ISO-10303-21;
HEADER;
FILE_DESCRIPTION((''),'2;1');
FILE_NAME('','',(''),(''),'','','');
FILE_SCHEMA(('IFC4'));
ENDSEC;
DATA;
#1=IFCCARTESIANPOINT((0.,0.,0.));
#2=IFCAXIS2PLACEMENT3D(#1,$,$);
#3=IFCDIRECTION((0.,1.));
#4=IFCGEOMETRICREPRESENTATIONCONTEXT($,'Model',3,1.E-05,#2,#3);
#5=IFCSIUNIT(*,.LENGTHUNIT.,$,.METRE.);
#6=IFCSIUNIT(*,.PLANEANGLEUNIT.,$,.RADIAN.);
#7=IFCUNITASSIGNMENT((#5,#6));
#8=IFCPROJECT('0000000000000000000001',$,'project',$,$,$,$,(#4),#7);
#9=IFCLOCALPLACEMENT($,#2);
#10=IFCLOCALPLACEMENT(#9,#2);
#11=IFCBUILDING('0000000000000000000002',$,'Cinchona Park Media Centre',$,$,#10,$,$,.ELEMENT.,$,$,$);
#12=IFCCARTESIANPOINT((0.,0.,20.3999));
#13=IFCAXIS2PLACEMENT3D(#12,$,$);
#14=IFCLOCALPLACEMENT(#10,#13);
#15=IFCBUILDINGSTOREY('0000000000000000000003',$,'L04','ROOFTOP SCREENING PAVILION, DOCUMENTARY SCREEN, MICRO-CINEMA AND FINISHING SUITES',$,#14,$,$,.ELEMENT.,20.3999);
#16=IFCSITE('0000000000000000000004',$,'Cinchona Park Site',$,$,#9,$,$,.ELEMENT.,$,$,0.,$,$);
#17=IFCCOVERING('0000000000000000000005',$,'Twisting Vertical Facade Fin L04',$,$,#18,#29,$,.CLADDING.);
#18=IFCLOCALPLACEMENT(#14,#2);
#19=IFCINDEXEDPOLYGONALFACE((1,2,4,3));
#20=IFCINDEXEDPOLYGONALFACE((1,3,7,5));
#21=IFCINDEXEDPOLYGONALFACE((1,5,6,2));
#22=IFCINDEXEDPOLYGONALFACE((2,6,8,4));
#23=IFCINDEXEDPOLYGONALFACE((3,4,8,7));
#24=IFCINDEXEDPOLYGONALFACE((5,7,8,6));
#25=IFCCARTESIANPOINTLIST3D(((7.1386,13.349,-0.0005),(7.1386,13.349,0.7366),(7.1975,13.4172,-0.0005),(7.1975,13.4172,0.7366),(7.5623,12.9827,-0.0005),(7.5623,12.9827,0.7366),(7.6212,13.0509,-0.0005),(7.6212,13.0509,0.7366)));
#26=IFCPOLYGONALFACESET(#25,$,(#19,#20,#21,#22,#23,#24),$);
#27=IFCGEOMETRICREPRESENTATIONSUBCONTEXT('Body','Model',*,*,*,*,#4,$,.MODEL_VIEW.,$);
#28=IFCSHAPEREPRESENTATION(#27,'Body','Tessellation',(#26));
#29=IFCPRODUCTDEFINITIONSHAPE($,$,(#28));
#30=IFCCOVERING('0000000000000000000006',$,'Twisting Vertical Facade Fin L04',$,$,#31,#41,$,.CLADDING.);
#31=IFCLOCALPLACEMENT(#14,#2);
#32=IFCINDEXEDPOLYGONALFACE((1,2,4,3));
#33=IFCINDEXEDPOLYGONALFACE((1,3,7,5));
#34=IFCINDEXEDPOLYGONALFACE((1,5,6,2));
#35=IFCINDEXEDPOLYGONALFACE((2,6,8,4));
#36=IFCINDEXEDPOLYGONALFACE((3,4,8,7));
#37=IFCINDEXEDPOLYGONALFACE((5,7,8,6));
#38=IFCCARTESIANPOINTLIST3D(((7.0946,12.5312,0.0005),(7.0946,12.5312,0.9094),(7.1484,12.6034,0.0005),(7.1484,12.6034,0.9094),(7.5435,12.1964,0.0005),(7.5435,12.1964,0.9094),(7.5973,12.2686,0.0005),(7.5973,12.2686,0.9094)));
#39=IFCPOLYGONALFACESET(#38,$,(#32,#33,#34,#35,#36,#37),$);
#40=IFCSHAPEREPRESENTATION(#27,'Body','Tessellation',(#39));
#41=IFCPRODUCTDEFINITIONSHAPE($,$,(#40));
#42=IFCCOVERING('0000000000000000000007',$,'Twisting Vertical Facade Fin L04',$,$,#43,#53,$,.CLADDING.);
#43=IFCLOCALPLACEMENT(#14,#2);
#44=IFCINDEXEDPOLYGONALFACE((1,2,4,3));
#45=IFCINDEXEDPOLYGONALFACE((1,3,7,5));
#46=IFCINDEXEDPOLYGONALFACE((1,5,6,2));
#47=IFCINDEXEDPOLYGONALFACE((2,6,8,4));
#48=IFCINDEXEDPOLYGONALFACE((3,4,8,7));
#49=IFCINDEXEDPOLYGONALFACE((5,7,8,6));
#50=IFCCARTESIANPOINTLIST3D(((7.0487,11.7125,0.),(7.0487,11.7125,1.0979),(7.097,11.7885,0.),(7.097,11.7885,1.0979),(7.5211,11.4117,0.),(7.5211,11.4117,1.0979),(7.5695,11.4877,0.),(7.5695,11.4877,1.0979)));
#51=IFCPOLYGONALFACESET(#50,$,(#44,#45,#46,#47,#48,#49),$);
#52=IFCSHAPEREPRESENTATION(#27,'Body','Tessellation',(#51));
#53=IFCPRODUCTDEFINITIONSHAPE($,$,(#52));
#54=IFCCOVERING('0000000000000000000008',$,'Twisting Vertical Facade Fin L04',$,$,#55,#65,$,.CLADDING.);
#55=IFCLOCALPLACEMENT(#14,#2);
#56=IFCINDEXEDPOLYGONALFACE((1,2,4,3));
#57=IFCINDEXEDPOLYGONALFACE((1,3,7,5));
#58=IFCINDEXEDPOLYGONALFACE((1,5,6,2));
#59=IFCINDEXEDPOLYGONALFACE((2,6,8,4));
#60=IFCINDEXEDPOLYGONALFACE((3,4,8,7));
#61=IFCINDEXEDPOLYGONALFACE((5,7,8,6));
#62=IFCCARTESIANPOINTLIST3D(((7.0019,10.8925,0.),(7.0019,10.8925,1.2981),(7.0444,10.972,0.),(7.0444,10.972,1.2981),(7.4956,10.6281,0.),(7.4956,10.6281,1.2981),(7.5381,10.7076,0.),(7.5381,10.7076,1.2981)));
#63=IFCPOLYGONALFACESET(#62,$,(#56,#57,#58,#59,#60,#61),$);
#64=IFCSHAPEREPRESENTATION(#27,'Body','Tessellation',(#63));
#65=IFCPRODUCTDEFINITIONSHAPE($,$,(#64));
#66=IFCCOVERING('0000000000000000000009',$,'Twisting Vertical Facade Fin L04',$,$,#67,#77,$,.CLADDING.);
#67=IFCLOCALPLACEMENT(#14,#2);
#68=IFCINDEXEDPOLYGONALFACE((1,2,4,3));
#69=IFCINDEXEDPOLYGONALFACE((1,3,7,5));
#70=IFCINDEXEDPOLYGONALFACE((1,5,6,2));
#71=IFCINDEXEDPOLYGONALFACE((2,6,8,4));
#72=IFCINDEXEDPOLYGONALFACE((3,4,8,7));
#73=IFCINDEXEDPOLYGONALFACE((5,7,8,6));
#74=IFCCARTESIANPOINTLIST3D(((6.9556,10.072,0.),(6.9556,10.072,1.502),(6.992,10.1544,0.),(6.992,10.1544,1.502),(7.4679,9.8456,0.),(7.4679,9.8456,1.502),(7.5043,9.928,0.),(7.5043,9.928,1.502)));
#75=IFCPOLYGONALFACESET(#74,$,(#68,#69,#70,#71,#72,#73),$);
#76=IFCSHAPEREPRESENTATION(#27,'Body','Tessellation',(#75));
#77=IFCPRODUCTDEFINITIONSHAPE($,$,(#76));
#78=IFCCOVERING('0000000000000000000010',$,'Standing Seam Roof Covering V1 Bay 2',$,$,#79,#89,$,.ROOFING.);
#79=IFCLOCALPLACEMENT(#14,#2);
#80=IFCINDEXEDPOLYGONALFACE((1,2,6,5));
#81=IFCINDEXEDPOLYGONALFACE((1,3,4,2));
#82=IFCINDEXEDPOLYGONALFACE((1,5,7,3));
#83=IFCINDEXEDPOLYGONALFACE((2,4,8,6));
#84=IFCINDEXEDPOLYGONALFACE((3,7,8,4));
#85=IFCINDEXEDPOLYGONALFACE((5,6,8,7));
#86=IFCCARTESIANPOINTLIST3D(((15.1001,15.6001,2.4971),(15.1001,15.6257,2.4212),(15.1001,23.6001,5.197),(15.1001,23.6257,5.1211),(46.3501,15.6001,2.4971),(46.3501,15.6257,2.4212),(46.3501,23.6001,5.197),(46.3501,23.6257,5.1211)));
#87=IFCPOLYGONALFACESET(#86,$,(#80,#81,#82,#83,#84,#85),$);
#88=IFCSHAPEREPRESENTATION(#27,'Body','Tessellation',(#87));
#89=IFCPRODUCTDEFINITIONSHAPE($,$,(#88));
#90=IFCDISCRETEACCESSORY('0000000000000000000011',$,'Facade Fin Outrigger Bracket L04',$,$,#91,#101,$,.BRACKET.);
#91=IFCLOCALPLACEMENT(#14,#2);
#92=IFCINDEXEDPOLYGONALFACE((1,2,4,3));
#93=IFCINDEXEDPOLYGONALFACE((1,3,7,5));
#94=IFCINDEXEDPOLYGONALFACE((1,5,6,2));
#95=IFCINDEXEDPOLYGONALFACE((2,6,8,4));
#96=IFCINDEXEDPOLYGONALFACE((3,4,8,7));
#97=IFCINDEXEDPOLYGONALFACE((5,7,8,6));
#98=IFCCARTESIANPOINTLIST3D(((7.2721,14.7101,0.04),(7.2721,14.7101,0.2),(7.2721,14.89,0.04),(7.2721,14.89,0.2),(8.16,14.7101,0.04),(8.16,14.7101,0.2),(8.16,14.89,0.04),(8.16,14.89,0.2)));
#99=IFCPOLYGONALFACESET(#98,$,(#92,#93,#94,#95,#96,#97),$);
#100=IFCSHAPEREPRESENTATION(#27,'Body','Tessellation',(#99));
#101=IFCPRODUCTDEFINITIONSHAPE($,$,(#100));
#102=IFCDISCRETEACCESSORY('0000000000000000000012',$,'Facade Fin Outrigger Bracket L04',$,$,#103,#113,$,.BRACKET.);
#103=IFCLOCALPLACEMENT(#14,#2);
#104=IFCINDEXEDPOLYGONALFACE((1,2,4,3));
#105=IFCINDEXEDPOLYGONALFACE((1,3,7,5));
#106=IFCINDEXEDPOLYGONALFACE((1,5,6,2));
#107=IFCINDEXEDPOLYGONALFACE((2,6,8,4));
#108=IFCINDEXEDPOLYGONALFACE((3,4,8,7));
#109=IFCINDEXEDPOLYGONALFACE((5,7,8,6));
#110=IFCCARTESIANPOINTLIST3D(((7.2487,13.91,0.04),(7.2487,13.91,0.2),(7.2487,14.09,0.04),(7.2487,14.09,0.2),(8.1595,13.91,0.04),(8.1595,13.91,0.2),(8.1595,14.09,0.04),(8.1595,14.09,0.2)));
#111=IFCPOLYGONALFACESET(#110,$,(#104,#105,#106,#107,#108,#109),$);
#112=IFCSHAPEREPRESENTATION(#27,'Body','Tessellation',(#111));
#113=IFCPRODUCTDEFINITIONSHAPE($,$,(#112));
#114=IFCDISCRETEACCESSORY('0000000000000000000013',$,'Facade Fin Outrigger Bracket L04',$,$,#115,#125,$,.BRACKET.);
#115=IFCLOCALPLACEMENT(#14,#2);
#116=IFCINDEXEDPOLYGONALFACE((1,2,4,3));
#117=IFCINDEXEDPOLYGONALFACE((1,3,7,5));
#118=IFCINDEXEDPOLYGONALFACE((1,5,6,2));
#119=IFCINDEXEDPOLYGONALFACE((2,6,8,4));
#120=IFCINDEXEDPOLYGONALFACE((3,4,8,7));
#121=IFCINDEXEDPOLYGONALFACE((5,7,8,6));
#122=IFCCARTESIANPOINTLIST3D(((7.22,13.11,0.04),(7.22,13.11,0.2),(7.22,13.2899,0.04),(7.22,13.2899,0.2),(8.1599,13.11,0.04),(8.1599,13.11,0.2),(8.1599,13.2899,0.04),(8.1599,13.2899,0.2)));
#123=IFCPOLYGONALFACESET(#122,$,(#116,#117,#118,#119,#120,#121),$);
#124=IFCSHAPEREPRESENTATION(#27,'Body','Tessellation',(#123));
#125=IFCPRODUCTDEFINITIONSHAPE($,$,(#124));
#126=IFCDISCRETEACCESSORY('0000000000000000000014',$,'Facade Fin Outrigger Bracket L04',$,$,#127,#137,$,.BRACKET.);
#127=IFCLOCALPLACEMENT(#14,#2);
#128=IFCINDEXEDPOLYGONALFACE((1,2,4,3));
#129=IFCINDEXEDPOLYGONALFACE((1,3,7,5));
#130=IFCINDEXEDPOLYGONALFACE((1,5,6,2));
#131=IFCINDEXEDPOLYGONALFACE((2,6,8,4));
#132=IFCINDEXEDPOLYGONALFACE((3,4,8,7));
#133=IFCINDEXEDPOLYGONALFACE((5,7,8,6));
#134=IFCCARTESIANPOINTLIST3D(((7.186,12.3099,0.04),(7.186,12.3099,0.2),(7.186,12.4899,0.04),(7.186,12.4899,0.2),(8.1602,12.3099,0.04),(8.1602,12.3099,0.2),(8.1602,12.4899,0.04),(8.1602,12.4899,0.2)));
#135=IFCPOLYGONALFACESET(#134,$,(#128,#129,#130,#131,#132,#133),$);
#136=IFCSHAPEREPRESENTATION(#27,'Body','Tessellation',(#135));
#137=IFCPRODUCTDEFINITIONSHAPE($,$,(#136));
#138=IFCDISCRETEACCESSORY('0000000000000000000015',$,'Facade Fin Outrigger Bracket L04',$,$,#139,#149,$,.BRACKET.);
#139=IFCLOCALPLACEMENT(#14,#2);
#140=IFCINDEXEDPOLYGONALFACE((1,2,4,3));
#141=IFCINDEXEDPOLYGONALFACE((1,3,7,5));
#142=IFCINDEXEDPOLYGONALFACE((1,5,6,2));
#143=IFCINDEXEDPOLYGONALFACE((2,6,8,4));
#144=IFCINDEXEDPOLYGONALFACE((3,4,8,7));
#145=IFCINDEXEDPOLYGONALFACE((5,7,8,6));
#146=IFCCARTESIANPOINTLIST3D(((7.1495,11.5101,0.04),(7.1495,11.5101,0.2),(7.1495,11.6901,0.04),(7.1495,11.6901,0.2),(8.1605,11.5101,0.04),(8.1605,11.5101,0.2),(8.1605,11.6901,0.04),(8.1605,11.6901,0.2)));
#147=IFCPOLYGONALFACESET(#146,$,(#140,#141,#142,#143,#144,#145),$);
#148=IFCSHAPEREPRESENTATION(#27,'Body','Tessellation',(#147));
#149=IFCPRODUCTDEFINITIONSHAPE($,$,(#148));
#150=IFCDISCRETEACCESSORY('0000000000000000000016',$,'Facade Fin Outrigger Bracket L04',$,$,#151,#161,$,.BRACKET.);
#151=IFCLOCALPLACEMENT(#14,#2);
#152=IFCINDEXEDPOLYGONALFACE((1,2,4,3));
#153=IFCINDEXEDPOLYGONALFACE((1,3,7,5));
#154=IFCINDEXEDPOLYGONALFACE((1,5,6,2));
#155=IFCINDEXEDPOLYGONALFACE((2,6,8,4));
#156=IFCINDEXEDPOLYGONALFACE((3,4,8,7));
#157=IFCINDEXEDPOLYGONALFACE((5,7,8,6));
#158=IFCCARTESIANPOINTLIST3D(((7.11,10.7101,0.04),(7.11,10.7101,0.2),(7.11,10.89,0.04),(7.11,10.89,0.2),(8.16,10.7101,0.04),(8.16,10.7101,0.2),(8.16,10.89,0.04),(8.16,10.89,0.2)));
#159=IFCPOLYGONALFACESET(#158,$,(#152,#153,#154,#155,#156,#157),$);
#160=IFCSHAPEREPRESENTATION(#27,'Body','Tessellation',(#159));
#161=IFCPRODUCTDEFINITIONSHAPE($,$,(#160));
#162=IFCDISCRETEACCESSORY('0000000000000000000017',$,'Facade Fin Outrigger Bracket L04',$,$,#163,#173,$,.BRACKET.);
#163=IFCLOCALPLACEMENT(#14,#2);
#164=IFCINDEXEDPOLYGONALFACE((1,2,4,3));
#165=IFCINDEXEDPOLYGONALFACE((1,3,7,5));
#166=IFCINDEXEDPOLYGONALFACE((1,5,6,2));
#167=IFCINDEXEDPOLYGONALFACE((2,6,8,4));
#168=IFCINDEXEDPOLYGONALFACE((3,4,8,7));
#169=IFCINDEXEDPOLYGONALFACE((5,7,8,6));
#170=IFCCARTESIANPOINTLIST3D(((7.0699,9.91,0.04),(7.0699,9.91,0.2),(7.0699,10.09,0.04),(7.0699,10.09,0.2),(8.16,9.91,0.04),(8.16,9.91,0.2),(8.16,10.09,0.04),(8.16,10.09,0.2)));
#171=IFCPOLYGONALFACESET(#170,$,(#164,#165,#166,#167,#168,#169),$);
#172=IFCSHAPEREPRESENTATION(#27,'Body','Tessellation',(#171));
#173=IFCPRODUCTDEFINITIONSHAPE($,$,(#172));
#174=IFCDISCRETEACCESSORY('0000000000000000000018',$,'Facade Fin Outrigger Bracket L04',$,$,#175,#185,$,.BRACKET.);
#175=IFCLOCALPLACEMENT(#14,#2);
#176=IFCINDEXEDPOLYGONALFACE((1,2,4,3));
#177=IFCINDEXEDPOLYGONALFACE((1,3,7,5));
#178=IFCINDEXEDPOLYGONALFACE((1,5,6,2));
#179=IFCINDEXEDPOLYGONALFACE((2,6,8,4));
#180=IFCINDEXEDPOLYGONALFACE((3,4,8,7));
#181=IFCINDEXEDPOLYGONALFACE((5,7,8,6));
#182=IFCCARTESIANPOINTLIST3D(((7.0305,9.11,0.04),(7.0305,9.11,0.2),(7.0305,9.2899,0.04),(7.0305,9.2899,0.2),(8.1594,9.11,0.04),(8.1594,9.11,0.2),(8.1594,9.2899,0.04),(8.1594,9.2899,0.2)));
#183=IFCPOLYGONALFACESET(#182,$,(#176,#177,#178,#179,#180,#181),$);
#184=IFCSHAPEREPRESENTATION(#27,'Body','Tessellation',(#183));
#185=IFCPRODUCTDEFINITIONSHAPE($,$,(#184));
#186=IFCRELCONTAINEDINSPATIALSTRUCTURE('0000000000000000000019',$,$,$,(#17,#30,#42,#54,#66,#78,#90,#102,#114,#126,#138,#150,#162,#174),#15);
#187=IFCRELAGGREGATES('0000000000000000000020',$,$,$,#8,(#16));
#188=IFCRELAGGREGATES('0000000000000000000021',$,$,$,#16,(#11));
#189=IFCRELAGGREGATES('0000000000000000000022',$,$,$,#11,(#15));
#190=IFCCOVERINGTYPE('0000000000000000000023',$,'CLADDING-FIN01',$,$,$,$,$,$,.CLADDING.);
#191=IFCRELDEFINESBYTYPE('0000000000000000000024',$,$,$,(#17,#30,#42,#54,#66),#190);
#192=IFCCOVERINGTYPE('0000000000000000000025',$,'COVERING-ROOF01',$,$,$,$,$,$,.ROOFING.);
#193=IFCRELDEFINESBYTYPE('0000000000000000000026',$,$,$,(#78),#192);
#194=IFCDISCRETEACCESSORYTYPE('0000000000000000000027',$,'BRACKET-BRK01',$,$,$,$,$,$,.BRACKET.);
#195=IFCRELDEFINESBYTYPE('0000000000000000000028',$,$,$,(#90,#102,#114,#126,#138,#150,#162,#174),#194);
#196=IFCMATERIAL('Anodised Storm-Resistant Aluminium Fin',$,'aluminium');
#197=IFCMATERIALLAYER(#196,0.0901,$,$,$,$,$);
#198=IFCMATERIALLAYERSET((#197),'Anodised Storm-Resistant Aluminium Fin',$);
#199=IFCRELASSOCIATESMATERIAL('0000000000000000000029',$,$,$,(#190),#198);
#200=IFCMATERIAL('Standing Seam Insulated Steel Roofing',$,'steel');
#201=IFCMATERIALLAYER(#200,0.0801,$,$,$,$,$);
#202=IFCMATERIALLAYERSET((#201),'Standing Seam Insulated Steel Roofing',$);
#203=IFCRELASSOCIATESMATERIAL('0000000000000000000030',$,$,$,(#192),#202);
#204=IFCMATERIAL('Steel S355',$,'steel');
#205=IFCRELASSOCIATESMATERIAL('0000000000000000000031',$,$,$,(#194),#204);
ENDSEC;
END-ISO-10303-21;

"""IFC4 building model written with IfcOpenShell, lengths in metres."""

from ifc_helpers import new_model, si_unit, direction, frame, origin, origin_2d, place, context, subcontext, project, spatial, polyline, rectangle, outline, extrude, material, layer, layer_set, type_object, element, save


model = new_model("IFC4")

# Units and contexts
model_context = context("Model", 3, precision=1e-05, world=origin(), true_north=direction((0.0, 1.0)))
body_context = subcontext(model_context, "Body", "Model", "MODEL_VIEW")
ifc_project = project(units=[si_unit("LENGTHUNIT", "METRE"), si_unit("PLANEANGLEUNIT", "RADIAN")], contexts=[model_context])

# Site, building, storey
site_placement = place(None, origin())
site = spatial("IfcSite", under=ifc_project, at=site_placement, Name="Cinchona Park Site", CompositionType="ELEMENT", RefElevation=0.0)
building_placement = place(site_placement, origin())
building = spatial("IfcBuilding", under=site, at=building_placement, Name="Cinchona Park Media Centre", CompositionType="ELEMENT")
storey_placement = place(building_placement, frame((0.0, 0.0, 20.3999)))
storey = spatial("IfcBuildingStorey", under=building, at=storey_placement, Name="L04", Description="ROOFTOP SCREENING PAVILION, DOCUMENTARY SCREEN, MICRO-CINEMA AND FINISHING SUITES", CompositionType="ELEMENT", Elevation=20.3999)

# Coverings
ifc_material_1 = material(Name="Anodised Storm-Resistant Aluminium Fin", Category="aluminium")
ifc_layer_1 = layer(ifc_material_1, 0.0901)
ifc_layer_set_1 = layer_set([ifc_layer_1], Name="Anodised Storm-Resistant Aluminium Fin")
covering_type_1 = type_object("IfcCoveringType", Name="CLADDING-FIN01", PredefinedType="CLADDING", material=ifc_layer_set_1)
covering_1_placement = place(storey_placement, frame((7.3799, 13.2, -0.0005), z_axis=(0.0, 0.0, 1.0), x_axis=(0.756539, -0.653949, 0.0)))
element("IfcCovering", 1, at=covering_1_placement, inside=storey, type_object=covering_type_1, Name="Twisting Vertical Facade Fin L04", PredefinedType="CLADDING", context=body_context, shape_type="SweptSolid", body=[
    extrude(rectangle(XDim=0.5601, YDim=0.0901, at=origin_2d()), origin(), (0.0, 0.0, 1.0), 0.7371),
])
covering_2_placement = place(storey_placement, frame((7.3459, 12.3999, 0.0005), z_axis=(0.0, 0.0, 1.0), x_axis=(0.801567, -0.597905, 0.0)))
element("IfcCovering", 2, at=covering_2_placement, inside=storey, type_object=covering_type_1, Name="Twisting Vertical Facade Fin L04", PredefinedType="CLADDING", context=body_context, shape_type="SweptSolid", body=[
    extrude(rectangle(XDim=0.5601, YDim=0.0901, at=origin_2d()), origin(), (0.0, 0.0, 1.0), 0.9089),
])
covering_3_placement = place(storey_placement, frame((7.3091, 11.6001, 0.0), z_axis=(0.0, 0.0, 1.0), x_axis=(0.843579, -0.537005, 0.0)))
element("IfcCovering", 3, at=covering_3_placement, inside=storey, type_object=covering_type_1, Name="Twisting Vertical Facade Fin L04", PredefinedType="CLADDING", context=body_context, shape_type="SweptSolid", body=[
    extrude(rectangle(XDim=0.5601, YDim=0.0901, at=origin_2d()), origin(), (0.0, 0.0, 1.0), 1.0979),
])
covering_4_placement = place(storey_placement, frame((7.27, 10.8, 0.0), z_axis=(0.0, 0.0, 1.0), x_axis=(0.881551, -0.472089, 0.0)))
element("IfcCovering", 4, at=covering_4_placement, inside=storey, type_object=covering_type_1, Name="Twisting Vertical Facade Fin L04", PredefinedType="CLADDING", context=body_context, shape_type="SweptSolid", body=[
    extrude(rectangle(XDim=0.5601, YDim=0.0901, at=origin_2d()), origin(), (0.0, 0.0, 1.0), 1.2981),
])
covering_5_placement = place(storey_placement, frame((7.23, 10.0, 0.0), z_axis=(0.0, 0.0, 1.0), x_axis=(0.914678, -0.404184, 0.0)))
element("IfcCovering", 5, at=covering_5_placement, inside=storey, type_object=covering_type_1, Name="Twisting Vertical Facade Fin L04", PredefinedType="CLADDING", context=body_context, shape_type="SweptSolid", body=[
    extrude(rectangle(XDim=0.5601, YDim=0.0901, at=origin_2d()), origin(), (0.0, 0.0, 1.0), 1.502),
])
ifc_material_2 = material(Name="Standing Seam Insulated Steel Roofing", Category="steel")
ifc_layer_2 = layer(ifc_material_2, 0.0801)
ifc_layer_set_2 = layer_set([ifc_layer_2], Name="Standing Seam Insulated Steel Roofing")
covering_type_2 = type_object("IfcCoveringType", Name="COVERING-ROOF01", PredefinedType="ROOFING", material=ifc_layer_set_2)
covering_6_placement = place(storey_placement, frame((15.1001, 15.6001, 2.4971), z_axis=(0.0, -0.319773, 0.947494), x_axis=(1.0, 0.0, 0.0)))
element("IfcCovering", 6, at=covering_6_placement, inside=storey, type_object=covering_type_2, Name="Standing Seam Roof Covering V1 Bay 2", PredefinedType="ROOFING", context=body_context, shape_type="SweptSolid", body=[
    extrude(outline(polyline([(0.0, 0.0), (31.25, 0.0), (31.25, 8.4433), (0.0, 8.4433), (0.0, 0.0)])), origin(), (0.0, 0.0, -1.0), 0.0801),
])

# Discrete accessories
ifc_material_3 = material(Name="Steel S355", Category="steel")
discrete_accessory_type = type_object("IfcDiscreteAccessoryType", Name="BRACKET-BRK01", PredefinedType="BRACKET", material=ifc_material_3)
discrete_accessory_1_placement = place(storey_placement, frame((7.7161, 14.8, 0.04), z_axis=(0.0, 0.0, 1.0), x_axis=(0.0, -1.0, 0.0)))
element("IfcDiscreteAccessory", 7, at=discrete_accessory_1_placement, inside=storey, type_object=discrete_accessory_type, Name="Facade Fin Outrigger Bracket L04", PredefinedType="BRACKET", context=body_context, shape_type="SweptSolid", body=[
    extrude(rectangle(XDim=0.1799, YDim=0.8879, at=origin_2d()), origin(), (0.0, 0.0, 1.0), 0.1599),
])
discrete_accessory_2_placement = place(storey_placement, frame((7.7041, 14.0, 0.04), z_axis=(0.0, 0.0, 1.0), x_axis=(0.0, -1.0, 0.0)))
element("IfcDiscreteAccessory", 8, at=discrete_accessory_2_placement, inside=storey, type_object=discrete_accessory_type, Name="Facade Fin Outrigger Bracket L04", PredefinedType="BRACKET", context=body_context, shape_type="SweptSolid", body=[
    extrude(rectangle(XDim=0.1799, YDim=0.9109, at=origin_2d()), origin(), (0.0, 0.0, 1.0), 0.1599),
])
discrete_accessory_3_placement = place(storey_placement, frame((7.6899, 13.2, 0.04), z_axis=(0.0, 0.0, 1.0), x_axis=(0.0, -1.0, 0.0)))
element("IfcDiscreteAccessory", 9, at=discrete_accessory_3_placement, inside=storey, type_object=discrete_accessory_type, Name="Facade Fin Outrigger Bracket L04", PredefinedType="BRACKET", context=body_context, shape_type="SweptSolid", body=[
    extrude(rectangle(XDim=0.1799, YDim=0.9399, at=origin_2d()), origin(), (0.0, 0.0, 1.0), 0.1599),
])
discrete_accessory_4_placement = place(storey_placement, frame((7.6731, 12.3999, 0.04), z_axis=(0.0, 0.0, 1.0), x_axis=(0.0, -1.0, 0.0)))
element("IfcDiscreteAccessory", 10, at=discrete_accessory_4_placement, inside=storey, type_object=discrete_accessory_type, Name="Facade Fin Outrigger Bracket L04", PredefinedType="BRACKET", context=body_context, shape_type="SweptSolid", body=[
    extrude(rectangle(XDim=0.1799, YDim=0.9741, at=origin_2d()), origin(), (0.0, 0.0, 1.0), 0.1599),
])
discrete_accessory_5_placement = place(storey_placement, frame((7.655, 11.6001, 0.04), z_axis=(0.0, 0.0, 1.0), x_axis=(0.0, -1.0, 0.0)))
element("IfcDiscreteAccessory", 11, at=discrete_accessory_5_placement, inside=storey, type_object=discrete_accessory_type, Name="Facade Fin Outrigger Bracket L04", PredefinedType="BRACKET", context=body_context, shape_type="SweptSolid", body=[
    extrude(rectangle(XDim=0.1799, YDim=1.011, at=origin_2d()), origin(), (0.0, 0.0, 1.0), 0.1599),
])
discrete_accessory_6_placement = place(storey_placement, frame((7.635, 10.8, 0.04), z_axis=(0.0, 0.0, 1.0), x_axis=(0.0, -1.0, 0.0)))
element("IfcDiscreteAccessory", 12, at=discrete_accessory_6_placement, inside=storey, type_object=discrete_accessory_type, Name="Facade Fin Outrigger Bracket L04", PredefinedType="BRACKET", context=body_context, shape_type="SweptSolid", body=[
    extrude(rectangle(XDim=0.1799, YDim=1.05, at=origin_2d()), origin(), (0.0, 0.0, 1.0), 0.1599),
])
discrete_accessory_7_placement = place(storey_placement, frame((7.615, 10.0, 0.04), z_axis=(0.0, 0.0, 1.0), x_axis=(0.0, -1.0, 0.0)))
element("IfcDiscreteAccessory", 13, at=discrete_accessory_7_placement, inside=storey, type_object=discrete_accessory_type, Name="Facade Fin Outrigger Bracket L04", PredefinedType="BRACKET", context=body_context, shape_type="SweptSolid", body=[
    extrude(rectangle(XDim=0.1799, YDim=1.0901, at=origin_2d()), origin(), (0.0, 0.0, 1.0), 0.1599),
])
discrete_accessory_8_placement = place(storey_placement, frame((7.595, 9.2, 0.04), z_axis=(0.0, 0.0, 1.0), x_axis=(0.0, -1.0, 0.0)))
element("IfcDiscreteAccessory", 14, at=discrete_accessory_8_placement, inside=storey, type_object=discrete_accessory_type, Name="Facade Fin Outrigger Bracket L04", PredefinedType="BRACKET", context=body_context, shape_type="SweptSolid", body=[
    extrude(rectangle(XDim=0.1799, YDim=1.1289, at=origin_2d()), origin(), (0.0, 0.0, 1.0), 0.1599),
])

save(model, "model.ifc")
